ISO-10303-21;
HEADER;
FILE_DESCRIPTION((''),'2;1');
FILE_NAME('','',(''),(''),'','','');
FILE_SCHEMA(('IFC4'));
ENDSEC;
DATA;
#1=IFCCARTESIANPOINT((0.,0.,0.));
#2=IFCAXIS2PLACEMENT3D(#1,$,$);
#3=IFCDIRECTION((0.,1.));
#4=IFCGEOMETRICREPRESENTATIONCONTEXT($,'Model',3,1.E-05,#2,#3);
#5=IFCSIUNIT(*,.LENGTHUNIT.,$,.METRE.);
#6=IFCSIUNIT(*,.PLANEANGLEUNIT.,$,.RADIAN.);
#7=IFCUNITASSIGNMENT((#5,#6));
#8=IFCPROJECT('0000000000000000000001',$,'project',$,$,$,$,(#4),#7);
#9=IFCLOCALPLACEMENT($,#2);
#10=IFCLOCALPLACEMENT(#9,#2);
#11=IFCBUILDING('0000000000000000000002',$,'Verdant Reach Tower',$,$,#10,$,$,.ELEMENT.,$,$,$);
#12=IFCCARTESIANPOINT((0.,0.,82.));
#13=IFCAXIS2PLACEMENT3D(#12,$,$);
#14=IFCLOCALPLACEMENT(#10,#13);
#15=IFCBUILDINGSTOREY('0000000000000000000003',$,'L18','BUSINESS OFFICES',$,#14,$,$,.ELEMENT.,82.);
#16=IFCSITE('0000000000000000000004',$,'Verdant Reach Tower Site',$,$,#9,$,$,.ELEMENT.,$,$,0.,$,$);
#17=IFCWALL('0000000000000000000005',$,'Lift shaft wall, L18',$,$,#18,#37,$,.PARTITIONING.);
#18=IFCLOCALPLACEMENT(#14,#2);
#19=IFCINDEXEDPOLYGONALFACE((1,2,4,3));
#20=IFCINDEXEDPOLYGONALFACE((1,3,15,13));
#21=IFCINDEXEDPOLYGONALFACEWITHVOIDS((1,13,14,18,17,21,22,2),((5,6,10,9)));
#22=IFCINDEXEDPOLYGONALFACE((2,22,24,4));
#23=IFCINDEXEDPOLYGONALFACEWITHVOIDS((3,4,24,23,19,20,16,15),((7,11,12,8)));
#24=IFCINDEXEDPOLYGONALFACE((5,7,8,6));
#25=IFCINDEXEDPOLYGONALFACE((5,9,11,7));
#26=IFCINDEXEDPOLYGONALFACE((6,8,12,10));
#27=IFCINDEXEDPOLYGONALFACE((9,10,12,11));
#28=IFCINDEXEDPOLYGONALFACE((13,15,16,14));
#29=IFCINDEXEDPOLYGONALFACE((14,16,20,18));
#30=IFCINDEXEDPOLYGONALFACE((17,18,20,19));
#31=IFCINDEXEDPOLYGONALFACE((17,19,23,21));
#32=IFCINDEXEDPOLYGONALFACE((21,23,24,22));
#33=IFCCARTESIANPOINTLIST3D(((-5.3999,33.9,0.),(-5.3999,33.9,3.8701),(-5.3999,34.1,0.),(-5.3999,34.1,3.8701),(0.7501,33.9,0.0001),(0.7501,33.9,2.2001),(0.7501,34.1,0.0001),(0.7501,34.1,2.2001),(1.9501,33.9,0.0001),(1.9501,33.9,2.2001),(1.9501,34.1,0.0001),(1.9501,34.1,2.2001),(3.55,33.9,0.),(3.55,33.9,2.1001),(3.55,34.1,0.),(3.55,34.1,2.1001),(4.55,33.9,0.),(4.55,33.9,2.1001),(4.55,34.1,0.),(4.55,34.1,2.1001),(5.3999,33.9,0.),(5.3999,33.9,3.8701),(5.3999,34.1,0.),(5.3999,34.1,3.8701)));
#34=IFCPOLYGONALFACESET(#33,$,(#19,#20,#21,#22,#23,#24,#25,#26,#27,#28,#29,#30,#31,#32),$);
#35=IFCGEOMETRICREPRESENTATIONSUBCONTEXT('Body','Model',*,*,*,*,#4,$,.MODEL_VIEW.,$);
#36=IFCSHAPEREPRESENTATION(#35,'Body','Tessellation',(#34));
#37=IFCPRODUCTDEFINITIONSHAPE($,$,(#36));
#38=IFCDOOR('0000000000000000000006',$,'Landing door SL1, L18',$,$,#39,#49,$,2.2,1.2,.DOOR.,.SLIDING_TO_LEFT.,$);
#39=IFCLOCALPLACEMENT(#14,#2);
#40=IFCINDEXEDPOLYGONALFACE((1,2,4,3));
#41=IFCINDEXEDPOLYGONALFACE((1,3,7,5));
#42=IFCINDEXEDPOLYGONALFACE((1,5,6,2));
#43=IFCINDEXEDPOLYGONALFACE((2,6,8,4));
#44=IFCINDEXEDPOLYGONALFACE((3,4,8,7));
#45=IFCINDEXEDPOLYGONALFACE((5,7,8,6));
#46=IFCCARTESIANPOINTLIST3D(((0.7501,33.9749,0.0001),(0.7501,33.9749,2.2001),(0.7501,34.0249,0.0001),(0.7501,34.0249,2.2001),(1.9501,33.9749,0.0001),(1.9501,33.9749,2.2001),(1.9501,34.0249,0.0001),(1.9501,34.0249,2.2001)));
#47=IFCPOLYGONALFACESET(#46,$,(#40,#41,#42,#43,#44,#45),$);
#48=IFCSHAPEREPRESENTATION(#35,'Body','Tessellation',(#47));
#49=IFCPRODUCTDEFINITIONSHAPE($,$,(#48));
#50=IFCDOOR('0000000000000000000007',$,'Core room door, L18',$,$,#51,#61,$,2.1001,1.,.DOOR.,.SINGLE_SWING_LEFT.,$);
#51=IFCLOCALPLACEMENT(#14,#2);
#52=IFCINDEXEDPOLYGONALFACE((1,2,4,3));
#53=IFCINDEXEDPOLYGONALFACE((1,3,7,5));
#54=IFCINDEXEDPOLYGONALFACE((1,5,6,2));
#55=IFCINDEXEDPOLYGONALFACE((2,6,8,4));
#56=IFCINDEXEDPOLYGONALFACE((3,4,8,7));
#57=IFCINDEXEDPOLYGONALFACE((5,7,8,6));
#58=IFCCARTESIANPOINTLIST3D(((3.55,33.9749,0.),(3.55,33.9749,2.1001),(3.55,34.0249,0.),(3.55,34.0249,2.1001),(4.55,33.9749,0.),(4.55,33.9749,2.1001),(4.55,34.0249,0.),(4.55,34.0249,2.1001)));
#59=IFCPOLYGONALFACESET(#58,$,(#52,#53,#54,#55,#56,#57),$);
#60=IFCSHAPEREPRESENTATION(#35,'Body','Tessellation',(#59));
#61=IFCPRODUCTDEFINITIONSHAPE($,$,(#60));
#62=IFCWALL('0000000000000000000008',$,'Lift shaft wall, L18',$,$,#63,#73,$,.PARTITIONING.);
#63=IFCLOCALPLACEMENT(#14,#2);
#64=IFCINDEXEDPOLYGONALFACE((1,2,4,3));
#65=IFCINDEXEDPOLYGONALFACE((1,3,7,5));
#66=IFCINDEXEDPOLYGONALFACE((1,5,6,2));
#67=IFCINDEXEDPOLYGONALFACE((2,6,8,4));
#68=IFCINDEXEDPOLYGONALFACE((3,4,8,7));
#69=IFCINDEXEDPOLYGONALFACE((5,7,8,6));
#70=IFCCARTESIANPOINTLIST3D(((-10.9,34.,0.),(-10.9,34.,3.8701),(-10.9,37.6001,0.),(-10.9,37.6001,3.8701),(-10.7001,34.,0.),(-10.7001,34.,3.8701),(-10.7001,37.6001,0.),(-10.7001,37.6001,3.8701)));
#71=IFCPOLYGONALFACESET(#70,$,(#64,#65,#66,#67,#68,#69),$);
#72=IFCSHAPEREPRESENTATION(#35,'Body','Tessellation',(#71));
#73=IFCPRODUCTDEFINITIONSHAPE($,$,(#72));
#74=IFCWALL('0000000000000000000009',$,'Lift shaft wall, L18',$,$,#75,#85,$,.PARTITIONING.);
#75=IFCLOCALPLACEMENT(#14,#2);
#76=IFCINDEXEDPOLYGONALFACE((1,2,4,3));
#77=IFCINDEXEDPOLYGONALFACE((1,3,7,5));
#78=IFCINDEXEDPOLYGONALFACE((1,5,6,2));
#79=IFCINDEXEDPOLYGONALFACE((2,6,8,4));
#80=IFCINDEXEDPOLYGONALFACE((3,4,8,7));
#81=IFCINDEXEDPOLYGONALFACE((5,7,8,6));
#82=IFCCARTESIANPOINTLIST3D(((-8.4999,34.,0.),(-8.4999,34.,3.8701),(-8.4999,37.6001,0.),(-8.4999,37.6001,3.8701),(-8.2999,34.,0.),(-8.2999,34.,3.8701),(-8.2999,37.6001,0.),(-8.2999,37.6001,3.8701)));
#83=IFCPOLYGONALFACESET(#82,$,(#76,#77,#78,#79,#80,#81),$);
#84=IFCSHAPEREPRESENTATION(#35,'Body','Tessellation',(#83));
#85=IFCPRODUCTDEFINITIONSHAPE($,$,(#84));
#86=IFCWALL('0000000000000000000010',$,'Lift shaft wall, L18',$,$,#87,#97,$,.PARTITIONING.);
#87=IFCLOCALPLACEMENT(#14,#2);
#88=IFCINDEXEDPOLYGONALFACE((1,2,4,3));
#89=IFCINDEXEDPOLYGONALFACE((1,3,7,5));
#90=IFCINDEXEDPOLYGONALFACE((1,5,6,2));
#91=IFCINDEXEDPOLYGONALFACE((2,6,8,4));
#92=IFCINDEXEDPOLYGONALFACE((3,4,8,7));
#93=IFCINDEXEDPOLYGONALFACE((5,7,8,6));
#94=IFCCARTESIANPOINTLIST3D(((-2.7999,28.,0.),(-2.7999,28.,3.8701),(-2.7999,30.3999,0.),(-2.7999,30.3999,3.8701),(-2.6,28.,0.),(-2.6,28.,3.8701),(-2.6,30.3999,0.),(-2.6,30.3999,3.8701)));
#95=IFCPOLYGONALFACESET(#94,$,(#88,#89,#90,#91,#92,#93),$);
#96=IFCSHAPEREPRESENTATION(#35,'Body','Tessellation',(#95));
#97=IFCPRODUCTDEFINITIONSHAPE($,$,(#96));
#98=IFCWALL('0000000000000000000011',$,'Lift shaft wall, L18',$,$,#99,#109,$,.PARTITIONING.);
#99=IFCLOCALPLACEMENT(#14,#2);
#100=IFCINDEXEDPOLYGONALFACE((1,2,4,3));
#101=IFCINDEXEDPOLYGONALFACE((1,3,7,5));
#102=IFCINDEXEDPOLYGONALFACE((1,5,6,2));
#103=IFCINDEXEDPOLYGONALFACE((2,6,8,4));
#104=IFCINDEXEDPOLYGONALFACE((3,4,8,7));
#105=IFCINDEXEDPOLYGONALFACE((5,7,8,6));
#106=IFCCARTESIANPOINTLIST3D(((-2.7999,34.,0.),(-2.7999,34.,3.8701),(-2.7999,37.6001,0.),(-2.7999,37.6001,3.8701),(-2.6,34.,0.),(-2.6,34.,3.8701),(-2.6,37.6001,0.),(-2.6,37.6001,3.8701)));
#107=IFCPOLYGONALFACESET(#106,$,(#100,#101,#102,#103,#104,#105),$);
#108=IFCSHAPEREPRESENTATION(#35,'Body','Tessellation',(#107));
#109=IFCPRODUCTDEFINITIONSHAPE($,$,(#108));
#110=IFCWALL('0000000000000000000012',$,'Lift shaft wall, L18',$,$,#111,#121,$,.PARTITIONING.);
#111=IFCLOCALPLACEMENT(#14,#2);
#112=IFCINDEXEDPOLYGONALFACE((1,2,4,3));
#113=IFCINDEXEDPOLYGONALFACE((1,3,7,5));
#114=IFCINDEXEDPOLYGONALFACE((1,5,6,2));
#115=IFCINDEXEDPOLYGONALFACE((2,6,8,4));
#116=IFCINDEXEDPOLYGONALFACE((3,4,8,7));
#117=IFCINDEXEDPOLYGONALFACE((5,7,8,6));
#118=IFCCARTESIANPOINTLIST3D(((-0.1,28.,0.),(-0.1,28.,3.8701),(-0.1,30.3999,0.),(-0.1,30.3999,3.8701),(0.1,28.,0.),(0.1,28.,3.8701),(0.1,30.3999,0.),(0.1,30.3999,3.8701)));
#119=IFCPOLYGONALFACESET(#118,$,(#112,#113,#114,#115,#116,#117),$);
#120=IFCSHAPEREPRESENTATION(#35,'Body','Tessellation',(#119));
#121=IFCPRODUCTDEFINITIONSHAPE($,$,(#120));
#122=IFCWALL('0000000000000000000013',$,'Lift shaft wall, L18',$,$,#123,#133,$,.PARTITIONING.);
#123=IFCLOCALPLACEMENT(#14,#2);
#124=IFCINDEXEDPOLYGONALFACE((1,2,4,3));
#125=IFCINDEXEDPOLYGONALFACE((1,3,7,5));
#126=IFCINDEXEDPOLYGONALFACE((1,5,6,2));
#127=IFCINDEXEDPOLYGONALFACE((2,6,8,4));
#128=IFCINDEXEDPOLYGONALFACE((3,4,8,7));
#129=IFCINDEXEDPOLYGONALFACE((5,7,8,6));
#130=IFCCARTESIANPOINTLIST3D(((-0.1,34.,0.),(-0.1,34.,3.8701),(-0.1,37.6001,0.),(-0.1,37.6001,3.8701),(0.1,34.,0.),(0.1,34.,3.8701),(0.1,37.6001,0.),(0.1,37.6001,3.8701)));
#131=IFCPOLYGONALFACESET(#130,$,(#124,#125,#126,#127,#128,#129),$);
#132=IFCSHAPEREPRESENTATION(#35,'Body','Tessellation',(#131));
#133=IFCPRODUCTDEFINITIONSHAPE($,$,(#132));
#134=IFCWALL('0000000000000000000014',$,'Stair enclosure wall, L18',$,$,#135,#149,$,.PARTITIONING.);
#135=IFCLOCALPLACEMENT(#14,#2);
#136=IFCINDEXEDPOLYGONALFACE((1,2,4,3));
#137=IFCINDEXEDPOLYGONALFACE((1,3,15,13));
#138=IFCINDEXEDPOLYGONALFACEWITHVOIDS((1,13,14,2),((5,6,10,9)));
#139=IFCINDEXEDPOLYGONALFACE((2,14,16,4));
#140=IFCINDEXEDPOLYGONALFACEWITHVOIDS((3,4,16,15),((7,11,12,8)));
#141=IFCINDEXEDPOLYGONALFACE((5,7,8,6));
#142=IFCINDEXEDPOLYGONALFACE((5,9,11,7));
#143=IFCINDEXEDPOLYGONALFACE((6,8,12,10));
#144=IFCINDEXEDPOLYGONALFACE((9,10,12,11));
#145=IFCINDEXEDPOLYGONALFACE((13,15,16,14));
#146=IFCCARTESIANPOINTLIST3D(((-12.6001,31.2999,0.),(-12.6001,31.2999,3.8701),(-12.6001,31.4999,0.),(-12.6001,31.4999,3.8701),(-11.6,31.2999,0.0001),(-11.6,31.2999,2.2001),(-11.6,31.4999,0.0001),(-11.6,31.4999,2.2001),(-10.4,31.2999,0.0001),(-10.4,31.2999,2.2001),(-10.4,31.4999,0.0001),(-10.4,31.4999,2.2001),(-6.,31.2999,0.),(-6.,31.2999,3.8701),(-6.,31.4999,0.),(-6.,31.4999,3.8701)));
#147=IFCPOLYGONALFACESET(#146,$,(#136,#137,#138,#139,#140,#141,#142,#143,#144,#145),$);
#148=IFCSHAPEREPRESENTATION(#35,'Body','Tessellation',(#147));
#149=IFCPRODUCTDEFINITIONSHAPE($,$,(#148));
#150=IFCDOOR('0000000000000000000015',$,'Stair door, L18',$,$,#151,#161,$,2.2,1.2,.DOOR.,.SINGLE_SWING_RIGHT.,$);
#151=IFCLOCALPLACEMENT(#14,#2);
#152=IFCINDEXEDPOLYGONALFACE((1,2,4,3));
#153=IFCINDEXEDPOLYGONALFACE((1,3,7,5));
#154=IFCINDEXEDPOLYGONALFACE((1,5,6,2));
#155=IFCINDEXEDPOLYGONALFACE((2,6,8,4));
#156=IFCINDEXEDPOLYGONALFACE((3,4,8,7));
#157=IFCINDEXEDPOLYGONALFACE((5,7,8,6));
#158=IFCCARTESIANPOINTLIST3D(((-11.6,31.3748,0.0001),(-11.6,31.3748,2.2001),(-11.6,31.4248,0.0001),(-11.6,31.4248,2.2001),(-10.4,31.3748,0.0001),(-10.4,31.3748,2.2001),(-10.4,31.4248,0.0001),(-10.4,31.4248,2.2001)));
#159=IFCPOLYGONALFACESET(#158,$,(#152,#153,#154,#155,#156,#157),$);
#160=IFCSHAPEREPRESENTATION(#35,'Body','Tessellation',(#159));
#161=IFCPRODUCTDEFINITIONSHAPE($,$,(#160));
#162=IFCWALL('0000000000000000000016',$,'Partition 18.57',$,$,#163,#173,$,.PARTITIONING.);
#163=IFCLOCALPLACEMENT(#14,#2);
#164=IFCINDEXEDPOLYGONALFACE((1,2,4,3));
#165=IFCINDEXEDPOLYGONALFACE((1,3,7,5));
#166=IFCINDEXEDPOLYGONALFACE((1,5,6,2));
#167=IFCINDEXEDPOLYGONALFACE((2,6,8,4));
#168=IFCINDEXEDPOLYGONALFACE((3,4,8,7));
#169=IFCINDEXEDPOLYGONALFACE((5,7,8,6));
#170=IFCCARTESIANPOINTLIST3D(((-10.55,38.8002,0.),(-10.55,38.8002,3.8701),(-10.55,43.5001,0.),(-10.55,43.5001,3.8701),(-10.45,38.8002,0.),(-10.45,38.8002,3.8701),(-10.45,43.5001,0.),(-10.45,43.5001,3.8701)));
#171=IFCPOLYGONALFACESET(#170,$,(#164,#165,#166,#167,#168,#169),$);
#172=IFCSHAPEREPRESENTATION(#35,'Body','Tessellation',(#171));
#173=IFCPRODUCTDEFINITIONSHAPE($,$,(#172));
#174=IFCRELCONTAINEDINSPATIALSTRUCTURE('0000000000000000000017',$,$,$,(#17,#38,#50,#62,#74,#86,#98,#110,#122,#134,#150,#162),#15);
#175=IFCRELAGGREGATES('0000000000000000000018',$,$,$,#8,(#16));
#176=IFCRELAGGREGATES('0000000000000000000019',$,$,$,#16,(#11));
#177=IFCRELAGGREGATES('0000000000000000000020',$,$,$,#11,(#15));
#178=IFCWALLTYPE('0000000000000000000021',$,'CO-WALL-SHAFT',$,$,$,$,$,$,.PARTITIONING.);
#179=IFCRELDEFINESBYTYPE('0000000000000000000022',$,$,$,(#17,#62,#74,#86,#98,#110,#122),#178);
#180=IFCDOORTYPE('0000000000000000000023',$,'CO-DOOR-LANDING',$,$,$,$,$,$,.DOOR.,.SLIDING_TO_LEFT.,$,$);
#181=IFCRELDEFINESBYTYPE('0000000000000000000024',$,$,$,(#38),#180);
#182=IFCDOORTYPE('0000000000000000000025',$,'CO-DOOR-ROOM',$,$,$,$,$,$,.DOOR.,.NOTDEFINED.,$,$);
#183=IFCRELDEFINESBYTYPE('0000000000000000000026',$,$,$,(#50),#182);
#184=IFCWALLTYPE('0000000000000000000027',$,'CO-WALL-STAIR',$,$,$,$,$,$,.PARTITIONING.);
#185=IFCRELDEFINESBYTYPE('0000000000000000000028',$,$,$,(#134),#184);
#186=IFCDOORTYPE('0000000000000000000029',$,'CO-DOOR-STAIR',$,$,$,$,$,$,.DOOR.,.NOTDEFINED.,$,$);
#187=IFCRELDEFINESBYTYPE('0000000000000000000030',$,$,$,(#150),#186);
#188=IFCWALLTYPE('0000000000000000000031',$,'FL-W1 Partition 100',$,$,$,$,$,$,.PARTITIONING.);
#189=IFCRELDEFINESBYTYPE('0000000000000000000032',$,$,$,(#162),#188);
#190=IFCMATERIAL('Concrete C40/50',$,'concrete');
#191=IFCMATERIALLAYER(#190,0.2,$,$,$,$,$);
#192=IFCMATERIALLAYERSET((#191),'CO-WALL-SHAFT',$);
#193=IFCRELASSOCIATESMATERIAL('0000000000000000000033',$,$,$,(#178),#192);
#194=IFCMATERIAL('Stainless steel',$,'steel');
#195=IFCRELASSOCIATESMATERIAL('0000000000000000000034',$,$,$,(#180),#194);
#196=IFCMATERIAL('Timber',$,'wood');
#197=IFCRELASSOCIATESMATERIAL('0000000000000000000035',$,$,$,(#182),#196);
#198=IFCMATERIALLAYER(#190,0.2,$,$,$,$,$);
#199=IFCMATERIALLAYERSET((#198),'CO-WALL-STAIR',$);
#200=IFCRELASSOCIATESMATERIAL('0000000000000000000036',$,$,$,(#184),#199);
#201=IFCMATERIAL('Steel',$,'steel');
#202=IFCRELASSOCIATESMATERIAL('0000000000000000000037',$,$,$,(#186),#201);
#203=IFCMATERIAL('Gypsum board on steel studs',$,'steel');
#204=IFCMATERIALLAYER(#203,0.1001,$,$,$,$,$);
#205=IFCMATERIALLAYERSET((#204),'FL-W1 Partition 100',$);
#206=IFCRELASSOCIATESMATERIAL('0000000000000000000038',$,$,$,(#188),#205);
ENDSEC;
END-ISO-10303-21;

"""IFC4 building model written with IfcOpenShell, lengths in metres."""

from ifc_helpers import new_model, si_unit, direction, frame, frame_2d, origin, place, context, subcontext, project, spatial, rectangle, extrude, material, layer, layer_set, type_object, element, fill, save


model = new_model("IFC4")

# Units and contexts
model_context = context("Model", 3, precision=1e-05, world=origin(), true_north=direction((0.0, 1.0)))
body_context = subcontext(model_context, "Body", "Model", "MODEL_VIEW")
ifc_project = project(units=[si_unit("LENGTHUNIT", "METRE"), si_unit("PLANEANGLEUNIT", "RADIAN")], contexts=[model_context])

# Site, building, storey
site_placement = place(None, origin())
site = spatial("IfcSite", under=ifc_project, at=site_placement, Name="Verdant Reach Tower Site", CompositionType="ELEMENT", RefElevation=0.0)
building_placement = place(site_placement, origin())
building = spatial("IfcBuilding", under=site, at=building_placement, Name="Verdant Reach Tower", CompositionType="ELEMENT")
storey_placement = place(building_placement, frame((0.0, 0.0, 82.0)))
storey = spatial("IfcBuildingStorey", under=building, at=storey_placement, Name="L18", Description="BUSINESS OFFICES", CompositionType="ELEMENT", Elevation=82.0)

# Shared definitions
ifc_material_1 = material(Name="Concrete C40/50", Category="concrete")
ifc_layer_1 = layer(ifc_material_1, 0.2)
ifc_layer_set_1 = layer_set([ifc_layer_1], Name="CO-WALL-SHAFT")
wall_type_1 = type_object("IfcWallType", Name="CO-WALL-SHAFT", PredefinedType="PARTITIONING", material=ifc_layer_set_1)

# Wall, openings, doors
ifc_material_2 = material(Name="Stainless steel", Category="steel")
ifc_material_3 = material(Name="Steel", Category="steel")
wall_1_placement = place(storey_placement, frame((-5.3999, 34.0, 0.0), z_axis=(0.0, 0.0, 1.0), x_axis=(1.0, 0.0, 0.0)))
wall_1 = element("IfcWall", 1, at=wall_1_placement, inside=storey, type_object=wall_type_1, Name="Lift shaft wall, L18", PredefinedType="PARTITIONING", context=body_context, shape_type="SweptSolid", body=[
    extrude(rectangle(XDim=10.7998, YDim=0.2, at=frame_2d((5.3999, 0.0))), origin(), (0.0, 0.0, 1.0), 3.8701),
])
opening_1_placement = place(wall_1_placement, frame((6.1499, 0.0, 0.0)))
opening_1 = element("IfcOpeningElement", 2, at=opening_1_placement, cuts=wall_1, PredefinedType="OPENING", context=body_context, shape_type="SweptSolid", body=[
    extrude(rectangle(XDim=1.2, YDim=2.2, at=frame_2d((0.6001, 1.1001))), frame((0.0, 0.1099, 0.0), z_axis=(0.0, -1.0, 0.0), x_axis=(1.0, 0.0, 0.0)), (0.0, 0.0, 1.0), 0.22),
])
opening_2_placement = place(wall_1_placement, frame((8.95, 0.0, 0.0)))
opening_2 = element("IfcOpeningElement", 3, at=opening_2_placement, cuts=wall_1, PredefinedType="OPENING", context=body_context, shape_type="SweptSolid", body=[
    extrude(rectangle(XDim=1.0, YDim=2.1001, at=frame_2d((0.5, 1.05))), frame((0.0, 0.1099, 0.0), z_axis=(0.0, -1.0, 0.0), x_axis=(1.0, 0.0, 0.0)), (0.0, 0.0, 1.0), 0.22),
])
door_type_1 = type_object("IfcDoorType", Name="CO-DOOR-LANDING", OperationType="SLIDING_TO_LEFT", PredefinedType="DOOR", material=ifc_material_2)
door_1_placement = place(opening_1_placement, origin())
door_1 = element("IfcDoor", 4, at=door_1_placement, inside=storey, type_object=door_type_1, Name="Landing door SL1, L18", OperationType="SLIDING_TO_LEFT", OverallHeight=2.2, OverallWidth=1.2, PredefinedType="DOOR", context=body_context, shape_type="SweptSolid", body=[
    extrude(rectangle(XDim=1.2, YDim=2.2, at=frame_2d((0.6001, 1.1001))), frame((0.0, 0.0249, 0.0), z_axis=(0.0, -1.0, 0.0), x_axis=(1.0, 0.0, 0.0)), (0.0, 0.0, 1.0), 0.05),
])
fill(opening_1, door_1)
ifc_material_4 = material(Name="Timber", Category="wood")
door_type_2 = type_object("IfcDoorType", Name="CO-DOOR-ROOM", OperationType="NOTDEFINED", PredefinedType="DOOR", material=ifc_material_4)
door_2_placement = place(opening_2_placement, origin())
door_2 = element("IfcDoor", 5, at=door_2_placement, inside=storey, type_object=door_type_2, Name="Core room door, L18", OperationType="SINGLE_SWING_LEFT", OverallHeight=2.1001, OverallWidth=1.0, PredefinedType="DOOR", context=body_context, shape_type="SweptSolid", body=[
    extrude(rectangle(XDim=1.0, YDim=2.1001, at=frame_2d((0.5, 1.05))), frame((0.0, 0.0249, 0.0), z_axis=(0.0, -1.0, 0.0), x_axis=(1.0, 0.0, 0.0)), (0.0, 0.0, 1.0), 0.05),
])
fill(opening_2, door_2)

# Walls
for number, where, z_axis, x_axis, name in (
    (6, (-10.8, 34.0, 0.0), (0.0, 0.0, 1.0), (0.0, 1.0, 0.0), "Lift shaft wall, L18"),
    (7, (-8.3999, 34.0, 0.0), (0.0, 0.0, 1.0), (0.0, 1.0, 0.0), "Lift shaft wall, L18"),
):
    element("IfcWall", number, at=place(storey_placement, frame(where, z_axis=z_axis, x_axis=x_axis)), inside=storey, type_object=wall_type_1, Name=name, PredefinedType="PARTITIONING", context=body_context, shape_type="SweptSolid", body=[
        extrude(rectangle(XDim=3.6001, YDim=0.2, at=frame_2d((1.8, 0.0))), origin(), (0.0, 0.0, 1.0), 3.8701),
    ])
wall_2_placement = place(storey_placement, frame((-2.7, 28.0, 0.0), z_axis=(0.0, 0.0, 1.0), x_axis=(0.0, 1.0, 0.0)))
element("IfcWall", 8, at=wall_2_placement, inside=storey, type_object=wall_type_1, Name="Lift shaft wall, L18", PredefinedType="PARTITIONING", context=body_context, shape_type="SweptSolid", body=[
    extrude(rectangle(XDim=2.3999, YDim=0.2, at=frame_2d((1.2, 0.0))), origin(), (0.0, 0.0, 1.0), 3.8701),
])
wall_3_placement = place(storey_placement, frame((-2.7, 34.0, 0.0), z_axis=(0.0, 0.0, 1.0), x_axis=(0.0, 1.0, 0.0)))
element("IfcWall", 9, at=wall_3_placement, inside=storey, type_object=wall_type_1, Name="Lift shaft wall, L18", PredefinedType="PARTITIONING", context=body_context, shape_type="SweptSolid", body=[
    extrude(rectangle(XDim=3.6001, YDim=0.2, at=frame_2d((1.8, 0.0))), origin(), (0.0, 0.0, 1.0), 3.8701),
])
wall_4_placement = place(storey_placement, frame((0.0, 28.0, 0.0), z_axis=(0.0, 0.0, 1.0), x_axis=(0.0, 1.0, 0.0)))
element("IfcWall", 10, at=wall_4_placement, inside=storey, type_object=wall_type_1, Name="Lift shaft wall, L18", PredefinedType="PARTITIONING", context=body_context, shape_type="SweptSolid", body=[
    extrude(rectangle(XDim=2.3999, YDim=0.2, at=frame_2d((1.2, 0.0))), origin(), (0.0, 0.0, 1.0), 3.8701),
])
wall_5_placement = place(storey_placement, frame((0.0, 34.0, 0.0), z_axis=(0.0, 0.0, 1.0), x_axis=(0.0, 1.0, 0.0)))
element("IfcWall", 11, at=wall_5_placement, inside=storey, type_object=wall_type_1, Name="Lift shaft wall, L18", PredefinedType="PARTITIONING", context=body_context, shape_type="SweptSolid", body=[
    extrude(rectangle(XDim=3.6001, YDim=0.2, at=frame_2d((1.8, 0.0))), origin(), (0.0, 0.0, 1.0), 3.8701),
])

# Wall, opening, door
ifc_layer_2 = layer(ifc_material_1, 0.2)
ifc_layer_set_2 = layer_set([ifc_layer_2], Name="CO-WALL-STAIR")
wall_type_2 = type_object("IfcWallType", Name="CO-WALL-STAIR", PredefinedType="PARTITIONING", material=ifc_layer_set_2)
wall_6_placement = place(storey_placement, frame((-12.6001, 31.3999, 0.0), z_axis=(0.0, 0.0, 1.0), x_axis=(1.0, 0.0, 0.0)))
wall_6 = element("IfcWall", 12, at=wall_6_placement, inside=storey, type_object=wall_type_2, Name="Stair enclosure wall, L18", PredefinedType="PARTITIONING", context=body_context, shape_type="SweptSolid", body=[
    extrude(rectangle(XDim=6.6001, YDim=0.2, at=frame_2d((3.3, 0.0))), origin(), (0.0, 0.0, 1.0), 3.8701),
])
opening_3_placement = place(wall_6_placement, frame((1.0, 0.0, 0.0)))
opening_3 = element("IfcOpeningElement", 13, at=opening_3_placement, cuts=wall_6, PredefinedType="OPENING", context=body_context, shape_type="SweptSolid", body=[
    extrude(rectangle(XDim=1.2, YDim=2.2, at=frame_2d((0.6001, 1.1001))), frame((0.0, 0.1099, 0.0), z_axis=(0.0, -1.0, 0.0), x_axis=(1.0, 0.0, 0.0)), (0.0, 0.0, 1.0), 0.22),
])
door_type_3 = type_object("IfcDoorType", Name="CO-DOOR-STAIR", OperationType="NOTDEFINED", PredefinedType="DOOR", material=ifc_material_3)
door_3_placement = place(opening_3_placement, origin())
door_3 = element("IfcDoor", 14, at=door_3_placement, inside=storey, type_object=door_type_3, Name="Stair door, L18", OperationType="SINGLE_SWING_RIGHT", OverallHeight=2.2, OverallWidth=1.2, PredefinedType="DOOR", context=body_context, shape_type="SweptSolid", body=[
    extrude(rectangle(XDim=1.2, YDim=2.2, at=frame_2d((0.6001, 1.1001))), frame((0.0, 0.0249, 0.0), z_axis=(0.0, -1.0, 0.0), x_axis=(1.0, 0.0, 0.0)), (0.0, 0.0, 1.0), 0.05),
])
fill(opening_3, door_3)

# Wall
ifc_material_5 = material(Name="Gypsum board on steel studs", Category="steel")
ifc_layer_3 = layer(ifc_material_5, 0.1001)
ifc_layer_set_3 = layer_set([ifc_layer_3], Name="FL-W1 Partition 100")
wall_type_3 = type_object("IfcWallType", Name="FL-W1 Partition 100", PredefinedType="PARTITIONING", material=ifc_layer_set_3)
wall_7_placement = place(storey_placement, frame((-10.5, 38.8, 0.0), z_axis=(0.0, 0.0, 1.0), x_axis=(0.0, 1.0, 0.0)))
element("IfcWall", 15, at=wall_7_placement, inside=storey, type_object=wall_type_3, Name="Partition 18.57", PredefinedType="PARTITIONING", context=body_context, shape_type="SweptSolid", body=[
    extrude(rectangle(XDim=4.7, YDim=0.1001, at=frame_2d((2.3501, 0.0))), origin(), (0.0, 0.0, 1.0), 3.8701),
])

save(model, "model.ifc")
